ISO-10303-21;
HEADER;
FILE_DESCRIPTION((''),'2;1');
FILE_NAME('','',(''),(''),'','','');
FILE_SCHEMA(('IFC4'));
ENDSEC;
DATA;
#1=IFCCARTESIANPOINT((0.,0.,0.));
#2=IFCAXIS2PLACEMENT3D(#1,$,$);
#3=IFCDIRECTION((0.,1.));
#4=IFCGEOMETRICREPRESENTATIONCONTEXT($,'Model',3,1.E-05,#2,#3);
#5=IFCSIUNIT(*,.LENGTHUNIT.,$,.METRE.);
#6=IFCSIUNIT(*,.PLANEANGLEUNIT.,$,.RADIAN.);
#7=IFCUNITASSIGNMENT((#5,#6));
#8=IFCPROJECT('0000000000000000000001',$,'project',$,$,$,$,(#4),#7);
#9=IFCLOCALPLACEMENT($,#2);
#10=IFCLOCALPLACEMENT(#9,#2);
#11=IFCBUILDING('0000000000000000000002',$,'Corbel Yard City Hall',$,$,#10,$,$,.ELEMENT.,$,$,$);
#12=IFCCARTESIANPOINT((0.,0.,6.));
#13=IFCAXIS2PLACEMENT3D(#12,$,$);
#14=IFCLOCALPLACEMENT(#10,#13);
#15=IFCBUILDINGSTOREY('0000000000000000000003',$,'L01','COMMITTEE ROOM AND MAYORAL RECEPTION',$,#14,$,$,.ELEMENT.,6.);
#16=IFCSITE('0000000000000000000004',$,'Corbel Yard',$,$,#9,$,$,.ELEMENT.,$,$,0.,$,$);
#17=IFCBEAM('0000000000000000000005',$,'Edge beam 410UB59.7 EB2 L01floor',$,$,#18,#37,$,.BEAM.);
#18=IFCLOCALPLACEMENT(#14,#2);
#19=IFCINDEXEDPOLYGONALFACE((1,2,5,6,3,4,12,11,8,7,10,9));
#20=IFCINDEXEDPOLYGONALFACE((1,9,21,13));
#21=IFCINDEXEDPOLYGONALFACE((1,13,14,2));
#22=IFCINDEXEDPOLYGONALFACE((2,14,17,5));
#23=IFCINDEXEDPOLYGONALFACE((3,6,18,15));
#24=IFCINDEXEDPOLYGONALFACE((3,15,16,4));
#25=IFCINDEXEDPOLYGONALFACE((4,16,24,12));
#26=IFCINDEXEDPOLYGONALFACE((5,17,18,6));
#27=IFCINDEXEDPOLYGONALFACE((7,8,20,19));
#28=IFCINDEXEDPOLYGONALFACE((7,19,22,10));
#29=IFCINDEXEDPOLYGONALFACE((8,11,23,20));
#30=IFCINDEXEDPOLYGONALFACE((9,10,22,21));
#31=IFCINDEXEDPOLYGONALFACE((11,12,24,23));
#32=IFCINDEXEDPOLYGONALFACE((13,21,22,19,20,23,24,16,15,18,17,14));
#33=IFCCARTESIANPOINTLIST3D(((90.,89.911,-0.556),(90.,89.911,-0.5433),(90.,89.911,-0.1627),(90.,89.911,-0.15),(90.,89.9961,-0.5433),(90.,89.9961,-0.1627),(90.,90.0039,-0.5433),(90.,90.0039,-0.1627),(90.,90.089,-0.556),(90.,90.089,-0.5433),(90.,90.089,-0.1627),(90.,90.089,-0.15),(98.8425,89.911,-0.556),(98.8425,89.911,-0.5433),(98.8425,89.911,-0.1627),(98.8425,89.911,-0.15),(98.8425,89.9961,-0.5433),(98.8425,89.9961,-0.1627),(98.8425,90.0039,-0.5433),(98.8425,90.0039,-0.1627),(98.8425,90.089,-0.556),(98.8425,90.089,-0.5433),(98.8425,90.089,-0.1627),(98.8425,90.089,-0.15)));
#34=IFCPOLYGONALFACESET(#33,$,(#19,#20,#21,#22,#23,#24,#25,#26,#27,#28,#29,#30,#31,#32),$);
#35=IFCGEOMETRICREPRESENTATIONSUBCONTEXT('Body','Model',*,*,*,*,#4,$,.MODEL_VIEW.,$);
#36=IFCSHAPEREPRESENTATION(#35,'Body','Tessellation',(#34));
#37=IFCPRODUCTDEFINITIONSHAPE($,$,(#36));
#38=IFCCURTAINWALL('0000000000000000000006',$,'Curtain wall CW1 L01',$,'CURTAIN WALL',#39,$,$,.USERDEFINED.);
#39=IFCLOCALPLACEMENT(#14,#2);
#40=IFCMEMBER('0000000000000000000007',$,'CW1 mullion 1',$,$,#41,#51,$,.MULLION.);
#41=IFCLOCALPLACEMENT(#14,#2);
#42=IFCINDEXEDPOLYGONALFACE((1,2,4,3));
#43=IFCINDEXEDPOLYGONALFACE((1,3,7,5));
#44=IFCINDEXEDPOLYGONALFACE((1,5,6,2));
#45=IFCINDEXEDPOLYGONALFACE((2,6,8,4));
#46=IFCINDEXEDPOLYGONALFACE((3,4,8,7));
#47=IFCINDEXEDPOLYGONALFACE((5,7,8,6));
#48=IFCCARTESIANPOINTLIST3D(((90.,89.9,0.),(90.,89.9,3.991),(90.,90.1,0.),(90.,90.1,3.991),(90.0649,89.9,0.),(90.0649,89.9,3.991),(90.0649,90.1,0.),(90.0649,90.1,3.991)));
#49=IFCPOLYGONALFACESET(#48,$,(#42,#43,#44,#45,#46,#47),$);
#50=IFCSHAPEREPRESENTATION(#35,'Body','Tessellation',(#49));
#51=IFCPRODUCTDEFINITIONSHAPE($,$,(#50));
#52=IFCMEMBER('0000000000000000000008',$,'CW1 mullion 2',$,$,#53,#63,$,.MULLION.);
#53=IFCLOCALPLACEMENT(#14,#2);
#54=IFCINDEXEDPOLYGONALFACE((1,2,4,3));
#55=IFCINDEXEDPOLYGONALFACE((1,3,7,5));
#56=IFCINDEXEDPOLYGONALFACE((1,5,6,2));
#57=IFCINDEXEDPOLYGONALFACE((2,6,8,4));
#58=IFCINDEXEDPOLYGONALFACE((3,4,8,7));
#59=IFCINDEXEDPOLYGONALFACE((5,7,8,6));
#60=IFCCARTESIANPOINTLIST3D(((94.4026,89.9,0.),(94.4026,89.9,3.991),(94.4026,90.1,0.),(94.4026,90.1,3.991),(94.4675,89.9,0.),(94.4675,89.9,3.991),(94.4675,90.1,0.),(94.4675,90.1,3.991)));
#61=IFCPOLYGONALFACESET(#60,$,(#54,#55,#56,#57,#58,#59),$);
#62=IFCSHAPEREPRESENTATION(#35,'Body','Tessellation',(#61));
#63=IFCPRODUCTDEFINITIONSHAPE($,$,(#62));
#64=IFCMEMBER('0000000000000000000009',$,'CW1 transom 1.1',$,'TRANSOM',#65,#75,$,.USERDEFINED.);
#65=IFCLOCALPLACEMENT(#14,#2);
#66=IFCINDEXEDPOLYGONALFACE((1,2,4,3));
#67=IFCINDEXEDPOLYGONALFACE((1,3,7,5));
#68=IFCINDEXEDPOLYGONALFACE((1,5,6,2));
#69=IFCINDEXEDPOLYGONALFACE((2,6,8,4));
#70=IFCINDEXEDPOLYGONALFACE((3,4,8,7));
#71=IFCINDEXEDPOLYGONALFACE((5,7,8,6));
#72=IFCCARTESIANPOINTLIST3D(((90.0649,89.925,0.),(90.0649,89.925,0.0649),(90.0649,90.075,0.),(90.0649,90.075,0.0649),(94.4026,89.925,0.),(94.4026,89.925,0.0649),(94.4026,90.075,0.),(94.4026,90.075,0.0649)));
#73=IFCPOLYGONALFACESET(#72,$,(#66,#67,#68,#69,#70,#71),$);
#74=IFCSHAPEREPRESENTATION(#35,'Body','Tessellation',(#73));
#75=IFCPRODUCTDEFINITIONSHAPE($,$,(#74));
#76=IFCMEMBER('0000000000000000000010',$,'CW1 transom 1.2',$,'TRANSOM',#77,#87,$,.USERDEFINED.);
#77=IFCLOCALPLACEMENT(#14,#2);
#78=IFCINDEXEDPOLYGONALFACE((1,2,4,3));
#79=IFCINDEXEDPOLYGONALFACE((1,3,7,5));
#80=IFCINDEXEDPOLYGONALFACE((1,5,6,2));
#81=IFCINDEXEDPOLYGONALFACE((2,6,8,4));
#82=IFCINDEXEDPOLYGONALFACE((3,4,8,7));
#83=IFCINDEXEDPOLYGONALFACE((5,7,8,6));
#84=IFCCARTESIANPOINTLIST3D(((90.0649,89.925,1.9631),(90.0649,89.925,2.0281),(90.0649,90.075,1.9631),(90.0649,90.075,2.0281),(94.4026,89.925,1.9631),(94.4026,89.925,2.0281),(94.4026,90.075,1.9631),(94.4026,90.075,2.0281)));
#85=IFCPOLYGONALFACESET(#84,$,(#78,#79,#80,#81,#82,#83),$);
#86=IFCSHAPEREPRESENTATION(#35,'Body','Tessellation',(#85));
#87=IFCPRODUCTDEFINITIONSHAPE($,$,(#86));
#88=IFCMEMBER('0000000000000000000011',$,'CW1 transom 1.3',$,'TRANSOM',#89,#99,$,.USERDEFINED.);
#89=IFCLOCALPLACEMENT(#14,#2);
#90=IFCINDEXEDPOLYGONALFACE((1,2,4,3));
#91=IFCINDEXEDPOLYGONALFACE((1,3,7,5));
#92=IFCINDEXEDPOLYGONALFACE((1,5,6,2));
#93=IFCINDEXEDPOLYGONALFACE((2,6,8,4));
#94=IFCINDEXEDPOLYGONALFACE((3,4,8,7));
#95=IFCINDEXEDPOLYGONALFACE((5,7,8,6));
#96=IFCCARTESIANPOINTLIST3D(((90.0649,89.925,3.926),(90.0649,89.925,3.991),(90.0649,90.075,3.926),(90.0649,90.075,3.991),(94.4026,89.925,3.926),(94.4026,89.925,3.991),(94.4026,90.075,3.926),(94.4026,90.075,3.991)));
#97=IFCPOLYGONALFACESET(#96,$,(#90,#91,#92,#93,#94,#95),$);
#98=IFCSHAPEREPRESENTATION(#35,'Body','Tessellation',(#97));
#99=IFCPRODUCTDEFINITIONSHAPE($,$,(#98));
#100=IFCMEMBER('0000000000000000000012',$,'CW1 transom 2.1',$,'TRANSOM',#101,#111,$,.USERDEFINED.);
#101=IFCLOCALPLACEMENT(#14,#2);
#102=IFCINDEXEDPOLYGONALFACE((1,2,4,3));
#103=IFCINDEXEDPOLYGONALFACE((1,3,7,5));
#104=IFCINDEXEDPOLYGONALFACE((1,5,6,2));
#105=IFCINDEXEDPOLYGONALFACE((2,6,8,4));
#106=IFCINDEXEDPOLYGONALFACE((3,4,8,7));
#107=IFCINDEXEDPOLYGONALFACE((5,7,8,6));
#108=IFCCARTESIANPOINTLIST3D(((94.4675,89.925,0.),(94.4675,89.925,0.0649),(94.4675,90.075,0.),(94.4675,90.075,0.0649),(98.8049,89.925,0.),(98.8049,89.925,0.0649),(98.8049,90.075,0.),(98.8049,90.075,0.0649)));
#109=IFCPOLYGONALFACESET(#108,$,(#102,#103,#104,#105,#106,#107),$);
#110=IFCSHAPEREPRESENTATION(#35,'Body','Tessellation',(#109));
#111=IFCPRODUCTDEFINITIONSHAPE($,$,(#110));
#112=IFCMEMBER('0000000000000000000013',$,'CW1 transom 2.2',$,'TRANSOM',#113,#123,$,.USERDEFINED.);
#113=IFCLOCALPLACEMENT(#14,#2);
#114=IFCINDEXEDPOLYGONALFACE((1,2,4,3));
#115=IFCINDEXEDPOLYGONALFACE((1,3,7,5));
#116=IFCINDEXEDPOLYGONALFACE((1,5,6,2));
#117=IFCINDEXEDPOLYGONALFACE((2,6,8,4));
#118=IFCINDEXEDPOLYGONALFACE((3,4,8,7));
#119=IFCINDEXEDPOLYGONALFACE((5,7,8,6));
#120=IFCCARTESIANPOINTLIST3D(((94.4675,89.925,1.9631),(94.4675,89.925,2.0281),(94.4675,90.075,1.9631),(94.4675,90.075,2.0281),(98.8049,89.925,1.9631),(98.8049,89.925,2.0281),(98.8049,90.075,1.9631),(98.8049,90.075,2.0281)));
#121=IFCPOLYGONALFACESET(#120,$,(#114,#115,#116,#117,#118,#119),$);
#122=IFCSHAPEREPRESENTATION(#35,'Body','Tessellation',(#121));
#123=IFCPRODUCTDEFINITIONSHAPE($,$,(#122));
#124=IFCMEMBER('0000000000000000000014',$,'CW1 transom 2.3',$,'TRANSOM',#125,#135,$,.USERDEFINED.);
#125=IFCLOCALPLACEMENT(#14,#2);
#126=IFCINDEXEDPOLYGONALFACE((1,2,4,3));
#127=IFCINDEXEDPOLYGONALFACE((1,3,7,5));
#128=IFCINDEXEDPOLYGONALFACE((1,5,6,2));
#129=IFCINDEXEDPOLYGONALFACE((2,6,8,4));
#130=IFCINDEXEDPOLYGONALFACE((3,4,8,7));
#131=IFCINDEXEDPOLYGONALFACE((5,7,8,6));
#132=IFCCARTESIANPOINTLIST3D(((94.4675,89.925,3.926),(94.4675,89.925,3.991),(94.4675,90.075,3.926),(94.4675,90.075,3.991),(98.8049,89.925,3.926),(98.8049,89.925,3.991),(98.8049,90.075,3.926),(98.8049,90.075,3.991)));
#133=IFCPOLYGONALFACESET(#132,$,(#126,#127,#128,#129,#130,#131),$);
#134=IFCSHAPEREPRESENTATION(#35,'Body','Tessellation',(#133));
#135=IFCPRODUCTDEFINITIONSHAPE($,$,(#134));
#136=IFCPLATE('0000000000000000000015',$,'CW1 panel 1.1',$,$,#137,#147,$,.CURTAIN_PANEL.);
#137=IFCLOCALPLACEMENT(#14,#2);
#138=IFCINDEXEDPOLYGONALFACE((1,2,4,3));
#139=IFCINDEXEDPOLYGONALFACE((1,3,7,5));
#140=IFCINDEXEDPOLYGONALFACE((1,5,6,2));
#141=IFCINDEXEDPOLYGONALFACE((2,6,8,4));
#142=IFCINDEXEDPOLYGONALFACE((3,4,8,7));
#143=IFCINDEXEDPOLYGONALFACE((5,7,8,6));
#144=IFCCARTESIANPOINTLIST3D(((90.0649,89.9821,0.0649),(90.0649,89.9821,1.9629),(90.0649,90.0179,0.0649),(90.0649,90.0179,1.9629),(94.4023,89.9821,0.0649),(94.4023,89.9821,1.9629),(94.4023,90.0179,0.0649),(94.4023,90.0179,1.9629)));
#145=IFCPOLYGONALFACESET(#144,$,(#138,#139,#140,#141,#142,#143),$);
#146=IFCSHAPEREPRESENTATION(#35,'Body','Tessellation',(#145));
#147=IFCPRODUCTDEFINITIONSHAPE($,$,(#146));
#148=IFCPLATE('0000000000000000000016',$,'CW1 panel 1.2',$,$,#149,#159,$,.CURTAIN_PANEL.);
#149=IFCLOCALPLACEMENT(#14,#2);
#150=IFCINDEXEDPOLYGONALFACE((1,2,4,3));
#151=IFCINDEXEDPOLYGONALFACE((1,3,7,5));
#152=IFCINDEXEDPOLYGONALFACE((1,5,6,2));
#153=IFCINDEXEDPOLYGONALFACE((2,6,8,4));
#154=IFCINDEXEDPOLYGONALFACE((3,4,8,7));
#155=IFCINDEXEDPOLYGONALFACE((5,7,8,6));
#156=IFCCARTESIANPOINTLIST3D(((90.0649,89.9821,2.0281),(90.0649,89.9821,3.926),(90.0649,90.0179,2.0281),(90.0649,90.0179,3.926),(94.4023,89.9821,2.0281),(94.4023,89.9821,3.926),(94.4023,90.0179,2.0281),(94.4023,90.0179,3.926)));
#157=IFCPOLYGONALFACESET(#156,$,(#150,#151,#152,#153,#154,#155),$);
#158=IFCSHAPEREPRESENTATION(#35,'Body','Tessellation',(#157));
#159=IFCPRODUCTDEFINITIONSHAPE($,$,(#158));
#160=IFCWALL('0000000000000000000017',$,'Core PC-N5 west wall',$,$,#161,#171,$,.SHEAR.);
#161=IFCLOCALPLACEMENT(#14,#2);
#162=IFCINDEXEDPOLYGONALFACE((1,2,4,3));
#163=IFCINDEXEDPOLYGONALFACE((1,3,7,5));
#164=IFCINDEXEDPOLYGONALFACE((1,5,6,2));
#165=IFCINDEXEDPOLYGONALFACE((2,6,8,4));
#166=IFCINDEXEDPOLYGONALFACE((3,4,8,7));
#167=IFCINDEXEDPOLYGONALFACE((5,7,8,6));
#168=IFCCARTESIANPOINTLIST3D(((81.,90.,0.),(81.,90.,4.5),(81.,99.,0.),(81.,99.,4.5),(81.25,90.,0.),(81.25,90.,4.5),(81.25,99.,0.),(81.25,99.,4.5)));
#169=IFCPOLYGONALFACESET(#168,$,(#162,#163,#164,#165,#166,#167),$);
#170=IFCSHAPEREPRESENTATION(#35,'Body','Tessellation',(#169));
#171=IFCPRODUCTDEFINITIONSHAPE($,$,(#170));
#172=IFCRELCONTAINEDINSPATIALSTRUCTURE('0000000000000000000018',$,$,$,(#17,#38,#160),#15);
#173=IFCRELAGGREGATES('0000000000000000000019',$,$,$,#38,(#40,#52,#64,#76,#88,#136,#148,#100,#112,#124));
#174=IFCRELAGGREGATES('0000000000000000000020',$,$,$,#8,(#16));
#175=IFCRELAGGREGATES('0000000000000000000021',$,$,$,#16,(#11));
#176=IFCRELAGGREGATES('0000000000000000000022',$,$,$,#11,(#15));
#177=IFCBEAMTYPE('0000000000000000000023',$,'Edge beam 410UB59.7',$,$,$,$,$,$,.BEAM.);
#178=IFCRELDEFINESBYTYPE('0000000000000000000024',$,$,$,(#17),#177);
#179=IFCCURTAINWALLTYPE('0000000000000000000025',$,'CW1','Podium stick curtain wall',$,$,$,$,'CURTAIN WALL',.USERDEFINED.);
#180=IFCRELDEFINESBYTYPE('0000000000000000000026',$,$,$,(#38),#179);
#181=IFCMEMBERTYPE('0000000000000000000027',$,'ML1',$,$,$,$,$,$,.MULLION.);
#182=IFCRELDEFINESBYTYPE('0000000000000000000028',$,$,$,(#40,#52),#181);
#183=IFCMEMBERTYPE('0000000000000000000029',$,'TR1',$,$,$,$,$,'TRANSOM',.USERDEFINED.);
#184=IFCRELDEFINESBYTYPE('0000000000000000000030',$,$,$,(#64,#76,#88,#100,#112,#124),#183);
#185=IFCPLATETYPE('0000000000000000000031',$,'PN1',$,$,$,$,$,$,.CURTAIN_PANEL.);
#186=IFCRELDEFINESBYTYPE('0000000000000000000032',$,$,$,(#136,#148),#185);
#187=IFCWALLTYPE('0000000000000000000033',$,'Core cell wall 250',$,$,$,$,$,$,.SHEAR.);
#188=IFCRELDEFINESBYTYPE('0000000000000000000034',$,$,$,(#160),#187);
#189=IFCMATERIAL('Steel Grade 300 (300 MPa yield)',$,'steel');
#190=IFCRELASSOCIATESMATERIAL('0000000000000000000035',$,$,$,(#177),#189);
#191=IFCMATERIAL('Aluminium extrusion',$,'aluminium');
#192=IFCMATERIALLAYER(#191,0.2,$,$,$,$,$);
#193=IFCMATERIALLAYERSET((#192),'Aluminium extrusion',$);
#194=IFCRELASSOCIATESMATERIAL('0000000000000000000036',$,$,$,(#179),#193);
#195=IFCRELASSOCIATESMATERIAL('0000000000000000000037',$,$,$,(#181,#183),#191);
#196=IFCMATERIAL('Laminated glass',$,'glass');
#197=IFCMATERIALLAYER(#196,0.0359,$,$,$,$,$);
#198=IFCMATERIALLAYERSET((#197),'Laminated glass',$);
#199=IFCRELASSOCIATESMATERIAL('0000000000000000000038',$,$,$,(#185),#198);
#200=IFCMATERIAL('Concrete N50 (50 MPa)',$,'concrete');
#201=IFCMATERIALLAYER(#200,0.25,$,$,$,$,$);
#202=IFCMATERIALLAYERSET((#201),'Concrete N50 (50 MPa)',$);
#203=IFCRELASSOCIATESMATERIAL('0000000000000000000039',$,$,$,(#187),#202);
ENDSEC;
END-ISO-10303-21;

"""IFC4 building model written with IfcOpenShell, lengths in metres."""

from ifc_helpers import new_model, si_unit, direction, frame, frame_2d, origin, origin_2d, place, context, subcontext, project, spatial, rectangle, i_section, extrude, material, layer, layer_set, material_profile, profile_set, type_object, element, aggregate, save


model = new_model("IFC4")

# Units and contexts
model_context = context("Model", 3, precision=1e-05, world=origin(), true_north=direction((0.0, 1.0)))
body_context = subcontext(model_context, "Body", "Model", "MODEL_VIEW")
ifc_project = project(units=[si_unit("LENGTHUNIT", "METRE"), si_unit("PLANEANGLEUNIT", "RADIAN")], contexts=[model_context])

# Site, building, storey
site_placement = place(None, origin())
site = spatial("IfcSite", under=ifc_project, at=site_placement, Name="Corbel Yard", CompositionType="ELEMENT", RefElevation=0.0)
building_placement = place(site_placement, origin())
building = spatial("IfcBuilding", under=site, at=building_placement, Name="Corbel Yard City Hall", CompositionType="ELEMENT")
storey_placement = place(building_placement, frame((0.0, 0.0, 6.0)))
storey = spatial("IfcBuildingStorey", under=building, at=storey_placement, Name="L01", Description="COMMITTEE ROOM AND MAYORAL RECEPTION", CompositionType="ELEMENT", Elevation=6.0)

# Beam
ifc_material_1 = material(Name="Steel Grade 300 (300 MPa yield)", Category="steel")
ifc_material_profile_1 = material_profile(ifc_material_1, i_section(OverallWidth=0.178, OverallDepth=0.406, WebThickness=0.0078, FlangeThickness=0.0127, at=origin_2d()), Name="410UB59.7")
ifc_profile_set_1 = profile_set([ifc_material_profile_1], Name="Steel Grade 300 (300 MPa yield)")
beam_type = type_object("IfcBeamType", Name="Edge beam 410UB59.7", PredefinedType="BEAM", material=ifc_profile_set_1)
beam_placement = place(storey_placement, frame((90.0, 90.0, -0.353), z_axis=(1.0, 0.0, 0.0), x_axis=(0.0, 1.0, 0.0)))
element("IfcBeam", 1, at=beam_placement, inside=storey, type_object=beam_type, Name="Edge beam 410UB59.7 EB2 L01floor", PredefinedType="BEAM", context=body_context, shape_type="SweptSolid", body=[
    extrude(i_section(OverallWidth=0.178, OverallDepth=0.406, WebThickness=0.0078, FlangeThickness=0.0127, at=origin_2d()), origin(), (0.0, 0.0, 1.0), 8.8425),
])

# Curtain wall, members, plates
ifc_material_2 = material(Name="Aluminium extrusion", Category="aluminium")
ifc_layer_1 = layer(ifc_material_2, 0.2)
ifc_layer_set_1 = layer_set([ifc_layer_1], Name="Aluminium extrusion")
curtain_wall_type = type_object("IfcCurtainWallType", Name="CW1", Description="Podium stick curtain wall", ElementType="CURTAIN WALL", PredefinedType="USERDEFINED", material=ifc_layer_set_1)
curtain_wall_placement = place(storey_placement, origin())
curtain_wall = element("IfcCurtainWall", 2, at=curtain_wall_placement, inside=storey, type_object=curtain_wall_type, Name="Curtain wall CW1 L01", ObjectType="CURTAIN WALL", PredefinedType="USERDEFINED")
ifc_material_profile_2 = material_profile(ifc_material_2, rectangle(XDim=0.2, YDim=0.0649, at=origin_2d()), Name="200x65")
ifc_profile_set_2 = profile_set([ifc_material_profile_2], Name="Aluminium extrusion")
member_type_1 = type_object("IfcMemberType", Name="ML1", PredefinedType="MULLION", material=ifc_profile_set_2)
member_1_placement = place(storey_placement, frame((90.0325, 90.0, 0.0), z_axis=(0.0, 0.0, 1.0), x_axis=(0.0, 1.0, 0.0)))
member_1 = element("IfcMember", 3, at=member_1_placement, type_object=member_type_1, Name="CW1 mullion 1", PredefinedType="MULLION", context=body_context, shape_type="SweptSolid", body=[
    extrude(rectangle(XDim=0.2, YDim=0.0649, at=origin_2d()), origin(), (0.0, 0.0, 1.0), 3.991),
])
member_2_placement = place(storey_placement, frame((94.4351, 90.0, 0.0), z_axis=(0.0, 0.0, 1.0), x_axis=(0.0, 1.0, 0.0)))
member_2 = element("IfcMember", 4, at=member_2_placement, type_object=member_type_1, Name="CW1 mullion 2", PredefinedType="MULLION", context=body_context, shape_type="SweptSolid", body=[
    extrude(rectangle(XDim=0.2, YDim=0.0649, at=origin_2d()), origin(), (0.0, 0.0, 1.0), 3.991),
])
ifc_material_profile_3 = material_profile(ifc_material_2, rectangle(XDim=0.1499, YDim=0.0649, at=origin_2d()), Name="150x65")
ifc_profile_set_3 = profile_set([ifc_material_profile_3], Name="Aluminium extrusion")
member_type_2 = type_object("IfcMemberType", Name="TR1", ElementType="TRANSOM", PredefinedType="USERDEFINED", material=ifc_profile_set_3)
member_3_placement = place(storey_placement, frame((90.0649, 90.0, 0.0325), z_axis=(1.0, 0.0, 0.0), x_axis=(0.0, 1.0, 0.0)))
member_3 = element("IfcMember", 5, at=member_3_placement, type_object=member_type_2, Name="CW1 transom 1.1", ObjectType="TRANSOM", PredefinedType="USERDEFINED", context=body_context, shape_type="SweptSolid", body=[
    extrude(rectangle(XDim=0.1499, YDim=0.0649, at=origin_2d()), origin(), (0.0, 0.0, 1.0), 4.3376),
])
member_4_placement = place(storey_placement, frame((90.0649, 90.0, 1.9956), z_axis=(1.0, 0.0, 0.0), x_axis=(0.0, 1.0, 0.0)))
member_4 = element("IfcMember", 6, at=member_4_placement, type_object=member_type_2, Name="CW1 transom 1.2", ObjectType="TRANSOM", PredefinedType="USERDEFINED", context=body_context, shape_type="SweptSolid", body=[
    extrude(rectangle(XDim=0.1499, YDim=0.0649, at=origin_2d()), origin(), (0.0, 0.0, 1.0), 4.3376),
])
member_5_placement = place(storey_placement, frame((90.0649, 90.0, 3.9585), z_axis=(1.0, 0.0, 0.0), x_axis=(0.0, 1.0, 0.0)))
member_5 = element("IfcMember", 7, at=member_5_placement, type_object=member_type_2, Name="CW1 transom 1.3", ObjectType="TRANSOM", PredefinedType="USERDEFINED", context=body_context, shape_type="SweptSolid", body=[
    extrude(rectangle(XDim=0.1499, YDim=0.0649, at=origin_2d()), origin(), (0.0, 0.0, 1.0), 4.3376),
])
member_6_placement = place(storey_placement, frame((94.4675, 90.0, 0.0325), z_axis=(1.0, 0.0, 0.0), x_axis=(0.0, 1.0, 0.0)))
member_6 = element("IfcMember", 8, at=member_6_placement, type_object=member_type_2, Name="CW1 transom 2.1", ObjectType="TRANSOM", PredefinedType="USERDEFINED", context=body_context, shape_type="SweptSolid", body=[
    extrude(rectangle(XDim=0.1499, YDim=0.0649, at=origin_2d()), origin(), (0.0, 0.0, 1.0), 4.3374),
])
member_7_placement = place(storey_placement, frame((94.4675, 90.0, 1.9956), z_axis=(1.0, 0.0, 0.0), x_axis=(0.0, 1.0, 0.0)))
member_7 = element("IfcMember", 9, at=member_7_placement, type_object=member_type_2, Name="CW1 transom 2.2", ObjectType="TRANSOM", PredefinedType="USERDEFINED", context=body_context, shape_type="SweptSolid", body=[
    extrude(rectangle(XDim=0.1499, YDim=0.0649, at=origin_2d()), origin(), (0.0, 0.0, 1.0), 4.3374),
])
member_8_placement = place(storey_placement, frame((94.4675, 90.0, 3.9585), z_axis=(1.0, 0.0, 0.0), x_axis=(0.0, 1.0, 0.0)))
member_8 = element("IfcMember", 10, at=member_8_placement, type_object=member_type_2, Name="CW1 transom 2.3", ObjectType="TRANSOM", PredefinedType="USERDEFINED", context=body_context, shape_type="SweptSolid", body=[
    extrude(rectangle(XDim=0.1499, YDim=0.0649, at=origin_2d()), origin(), (0.0, 0.0, 1.0), 4.3374),
])
ifc_material_3 = material(Name="Laminated glass", Category="glass")
ifc_layer_2 = layer(ifc_material_3, 0.0359)
ifc_layer_set_2 = layer_set([ifc_layer_2], Name="Laminated glass")
plate_type = type_object("IfcPlateType", Name="PN1", PredefinedType="CURTAIN_PANEL", material=ifc_layer_set_2)
plate_1_placement = place(storey_placement, frame((92.2336, 90.0, 0.0649), z_axis=(0.0, 0.0, 1.0), x_axis=(1.0, 0.0, 0.0)))
plate_1 = element("IfcPlate", 11, at=plate_1_placement, type_object=plate_type, Name="CW1 panel 1.1", PredefinedType="CURTAIN_PANEL", context=body_context, shape_type="SweptSolid", body=[
    extrude(rectangle(XDim=4.3374, YDim=0.0359, at=origin_2d()), origin(), (0.0, 0.0, 1.0), 1.8979),
])
plate_2_placement = place(storey_placement, frame((92.2336, 90.0, 2.0281), z_axis=(0.0, 0.0, 1.0), x_axis=(1.0, 0.0, 0.0)))
plate_2 = element("IfcPlate", 12, at=plate_2_placement, type_object=plate_type, Name="CW1 panel 1.2", PredefinedType="CURTAIN_PANEL", context=body_context, shape_type="SweptSolid", body=[
    extrude(rectangle(XDim=4.3374, YDim=0.0359, at=origin_2d()), origin(), (0.0, 0.0, 1.0), 1.8979),
])
aggregate(curtain_wall, [member_1, member_2, member_3, member_4, member_5, plate_1, plate_2, member_6, member_7, member_8])

# Wall
ifc_material_4 = material(Name="Concrete N50 (50 MPa)", Category="concrete")
ifc_layer_3 = layer(ifc_material_4, 0.25)
ifc_layer_set_3 = layer_set([ifc_layer_3], Name="Concrete N50 (50 MPa)")
wall_type_1 = type_object("IfcWallType", Name="Core cell wall 250", PredefinedType="SHEAR", material=ifc_layer_set_3)
wall_1_placement = place(storey_placement, frame((81.125, 90.0, 0.0), z_axis=(0.0, 0.0, 1.0), x_axis=(0.0, 1.0, 0.0)))
element("IfcWall", 13, at=wall_1_placement, inside=storey, type_object=wall_type_1, Name="Core PC-N5 west wall", PredefinedType="SHEAR", context=body_context, shape_type="SweptSolid", body=[
    extrude(rectangle(XDim=9.0, YDim=0.25, at=frame_2d((4.5, 0.0))), origin(), (0.0, 0.0, 1.0), 4.5),
])

save(model, "model.ifc")
